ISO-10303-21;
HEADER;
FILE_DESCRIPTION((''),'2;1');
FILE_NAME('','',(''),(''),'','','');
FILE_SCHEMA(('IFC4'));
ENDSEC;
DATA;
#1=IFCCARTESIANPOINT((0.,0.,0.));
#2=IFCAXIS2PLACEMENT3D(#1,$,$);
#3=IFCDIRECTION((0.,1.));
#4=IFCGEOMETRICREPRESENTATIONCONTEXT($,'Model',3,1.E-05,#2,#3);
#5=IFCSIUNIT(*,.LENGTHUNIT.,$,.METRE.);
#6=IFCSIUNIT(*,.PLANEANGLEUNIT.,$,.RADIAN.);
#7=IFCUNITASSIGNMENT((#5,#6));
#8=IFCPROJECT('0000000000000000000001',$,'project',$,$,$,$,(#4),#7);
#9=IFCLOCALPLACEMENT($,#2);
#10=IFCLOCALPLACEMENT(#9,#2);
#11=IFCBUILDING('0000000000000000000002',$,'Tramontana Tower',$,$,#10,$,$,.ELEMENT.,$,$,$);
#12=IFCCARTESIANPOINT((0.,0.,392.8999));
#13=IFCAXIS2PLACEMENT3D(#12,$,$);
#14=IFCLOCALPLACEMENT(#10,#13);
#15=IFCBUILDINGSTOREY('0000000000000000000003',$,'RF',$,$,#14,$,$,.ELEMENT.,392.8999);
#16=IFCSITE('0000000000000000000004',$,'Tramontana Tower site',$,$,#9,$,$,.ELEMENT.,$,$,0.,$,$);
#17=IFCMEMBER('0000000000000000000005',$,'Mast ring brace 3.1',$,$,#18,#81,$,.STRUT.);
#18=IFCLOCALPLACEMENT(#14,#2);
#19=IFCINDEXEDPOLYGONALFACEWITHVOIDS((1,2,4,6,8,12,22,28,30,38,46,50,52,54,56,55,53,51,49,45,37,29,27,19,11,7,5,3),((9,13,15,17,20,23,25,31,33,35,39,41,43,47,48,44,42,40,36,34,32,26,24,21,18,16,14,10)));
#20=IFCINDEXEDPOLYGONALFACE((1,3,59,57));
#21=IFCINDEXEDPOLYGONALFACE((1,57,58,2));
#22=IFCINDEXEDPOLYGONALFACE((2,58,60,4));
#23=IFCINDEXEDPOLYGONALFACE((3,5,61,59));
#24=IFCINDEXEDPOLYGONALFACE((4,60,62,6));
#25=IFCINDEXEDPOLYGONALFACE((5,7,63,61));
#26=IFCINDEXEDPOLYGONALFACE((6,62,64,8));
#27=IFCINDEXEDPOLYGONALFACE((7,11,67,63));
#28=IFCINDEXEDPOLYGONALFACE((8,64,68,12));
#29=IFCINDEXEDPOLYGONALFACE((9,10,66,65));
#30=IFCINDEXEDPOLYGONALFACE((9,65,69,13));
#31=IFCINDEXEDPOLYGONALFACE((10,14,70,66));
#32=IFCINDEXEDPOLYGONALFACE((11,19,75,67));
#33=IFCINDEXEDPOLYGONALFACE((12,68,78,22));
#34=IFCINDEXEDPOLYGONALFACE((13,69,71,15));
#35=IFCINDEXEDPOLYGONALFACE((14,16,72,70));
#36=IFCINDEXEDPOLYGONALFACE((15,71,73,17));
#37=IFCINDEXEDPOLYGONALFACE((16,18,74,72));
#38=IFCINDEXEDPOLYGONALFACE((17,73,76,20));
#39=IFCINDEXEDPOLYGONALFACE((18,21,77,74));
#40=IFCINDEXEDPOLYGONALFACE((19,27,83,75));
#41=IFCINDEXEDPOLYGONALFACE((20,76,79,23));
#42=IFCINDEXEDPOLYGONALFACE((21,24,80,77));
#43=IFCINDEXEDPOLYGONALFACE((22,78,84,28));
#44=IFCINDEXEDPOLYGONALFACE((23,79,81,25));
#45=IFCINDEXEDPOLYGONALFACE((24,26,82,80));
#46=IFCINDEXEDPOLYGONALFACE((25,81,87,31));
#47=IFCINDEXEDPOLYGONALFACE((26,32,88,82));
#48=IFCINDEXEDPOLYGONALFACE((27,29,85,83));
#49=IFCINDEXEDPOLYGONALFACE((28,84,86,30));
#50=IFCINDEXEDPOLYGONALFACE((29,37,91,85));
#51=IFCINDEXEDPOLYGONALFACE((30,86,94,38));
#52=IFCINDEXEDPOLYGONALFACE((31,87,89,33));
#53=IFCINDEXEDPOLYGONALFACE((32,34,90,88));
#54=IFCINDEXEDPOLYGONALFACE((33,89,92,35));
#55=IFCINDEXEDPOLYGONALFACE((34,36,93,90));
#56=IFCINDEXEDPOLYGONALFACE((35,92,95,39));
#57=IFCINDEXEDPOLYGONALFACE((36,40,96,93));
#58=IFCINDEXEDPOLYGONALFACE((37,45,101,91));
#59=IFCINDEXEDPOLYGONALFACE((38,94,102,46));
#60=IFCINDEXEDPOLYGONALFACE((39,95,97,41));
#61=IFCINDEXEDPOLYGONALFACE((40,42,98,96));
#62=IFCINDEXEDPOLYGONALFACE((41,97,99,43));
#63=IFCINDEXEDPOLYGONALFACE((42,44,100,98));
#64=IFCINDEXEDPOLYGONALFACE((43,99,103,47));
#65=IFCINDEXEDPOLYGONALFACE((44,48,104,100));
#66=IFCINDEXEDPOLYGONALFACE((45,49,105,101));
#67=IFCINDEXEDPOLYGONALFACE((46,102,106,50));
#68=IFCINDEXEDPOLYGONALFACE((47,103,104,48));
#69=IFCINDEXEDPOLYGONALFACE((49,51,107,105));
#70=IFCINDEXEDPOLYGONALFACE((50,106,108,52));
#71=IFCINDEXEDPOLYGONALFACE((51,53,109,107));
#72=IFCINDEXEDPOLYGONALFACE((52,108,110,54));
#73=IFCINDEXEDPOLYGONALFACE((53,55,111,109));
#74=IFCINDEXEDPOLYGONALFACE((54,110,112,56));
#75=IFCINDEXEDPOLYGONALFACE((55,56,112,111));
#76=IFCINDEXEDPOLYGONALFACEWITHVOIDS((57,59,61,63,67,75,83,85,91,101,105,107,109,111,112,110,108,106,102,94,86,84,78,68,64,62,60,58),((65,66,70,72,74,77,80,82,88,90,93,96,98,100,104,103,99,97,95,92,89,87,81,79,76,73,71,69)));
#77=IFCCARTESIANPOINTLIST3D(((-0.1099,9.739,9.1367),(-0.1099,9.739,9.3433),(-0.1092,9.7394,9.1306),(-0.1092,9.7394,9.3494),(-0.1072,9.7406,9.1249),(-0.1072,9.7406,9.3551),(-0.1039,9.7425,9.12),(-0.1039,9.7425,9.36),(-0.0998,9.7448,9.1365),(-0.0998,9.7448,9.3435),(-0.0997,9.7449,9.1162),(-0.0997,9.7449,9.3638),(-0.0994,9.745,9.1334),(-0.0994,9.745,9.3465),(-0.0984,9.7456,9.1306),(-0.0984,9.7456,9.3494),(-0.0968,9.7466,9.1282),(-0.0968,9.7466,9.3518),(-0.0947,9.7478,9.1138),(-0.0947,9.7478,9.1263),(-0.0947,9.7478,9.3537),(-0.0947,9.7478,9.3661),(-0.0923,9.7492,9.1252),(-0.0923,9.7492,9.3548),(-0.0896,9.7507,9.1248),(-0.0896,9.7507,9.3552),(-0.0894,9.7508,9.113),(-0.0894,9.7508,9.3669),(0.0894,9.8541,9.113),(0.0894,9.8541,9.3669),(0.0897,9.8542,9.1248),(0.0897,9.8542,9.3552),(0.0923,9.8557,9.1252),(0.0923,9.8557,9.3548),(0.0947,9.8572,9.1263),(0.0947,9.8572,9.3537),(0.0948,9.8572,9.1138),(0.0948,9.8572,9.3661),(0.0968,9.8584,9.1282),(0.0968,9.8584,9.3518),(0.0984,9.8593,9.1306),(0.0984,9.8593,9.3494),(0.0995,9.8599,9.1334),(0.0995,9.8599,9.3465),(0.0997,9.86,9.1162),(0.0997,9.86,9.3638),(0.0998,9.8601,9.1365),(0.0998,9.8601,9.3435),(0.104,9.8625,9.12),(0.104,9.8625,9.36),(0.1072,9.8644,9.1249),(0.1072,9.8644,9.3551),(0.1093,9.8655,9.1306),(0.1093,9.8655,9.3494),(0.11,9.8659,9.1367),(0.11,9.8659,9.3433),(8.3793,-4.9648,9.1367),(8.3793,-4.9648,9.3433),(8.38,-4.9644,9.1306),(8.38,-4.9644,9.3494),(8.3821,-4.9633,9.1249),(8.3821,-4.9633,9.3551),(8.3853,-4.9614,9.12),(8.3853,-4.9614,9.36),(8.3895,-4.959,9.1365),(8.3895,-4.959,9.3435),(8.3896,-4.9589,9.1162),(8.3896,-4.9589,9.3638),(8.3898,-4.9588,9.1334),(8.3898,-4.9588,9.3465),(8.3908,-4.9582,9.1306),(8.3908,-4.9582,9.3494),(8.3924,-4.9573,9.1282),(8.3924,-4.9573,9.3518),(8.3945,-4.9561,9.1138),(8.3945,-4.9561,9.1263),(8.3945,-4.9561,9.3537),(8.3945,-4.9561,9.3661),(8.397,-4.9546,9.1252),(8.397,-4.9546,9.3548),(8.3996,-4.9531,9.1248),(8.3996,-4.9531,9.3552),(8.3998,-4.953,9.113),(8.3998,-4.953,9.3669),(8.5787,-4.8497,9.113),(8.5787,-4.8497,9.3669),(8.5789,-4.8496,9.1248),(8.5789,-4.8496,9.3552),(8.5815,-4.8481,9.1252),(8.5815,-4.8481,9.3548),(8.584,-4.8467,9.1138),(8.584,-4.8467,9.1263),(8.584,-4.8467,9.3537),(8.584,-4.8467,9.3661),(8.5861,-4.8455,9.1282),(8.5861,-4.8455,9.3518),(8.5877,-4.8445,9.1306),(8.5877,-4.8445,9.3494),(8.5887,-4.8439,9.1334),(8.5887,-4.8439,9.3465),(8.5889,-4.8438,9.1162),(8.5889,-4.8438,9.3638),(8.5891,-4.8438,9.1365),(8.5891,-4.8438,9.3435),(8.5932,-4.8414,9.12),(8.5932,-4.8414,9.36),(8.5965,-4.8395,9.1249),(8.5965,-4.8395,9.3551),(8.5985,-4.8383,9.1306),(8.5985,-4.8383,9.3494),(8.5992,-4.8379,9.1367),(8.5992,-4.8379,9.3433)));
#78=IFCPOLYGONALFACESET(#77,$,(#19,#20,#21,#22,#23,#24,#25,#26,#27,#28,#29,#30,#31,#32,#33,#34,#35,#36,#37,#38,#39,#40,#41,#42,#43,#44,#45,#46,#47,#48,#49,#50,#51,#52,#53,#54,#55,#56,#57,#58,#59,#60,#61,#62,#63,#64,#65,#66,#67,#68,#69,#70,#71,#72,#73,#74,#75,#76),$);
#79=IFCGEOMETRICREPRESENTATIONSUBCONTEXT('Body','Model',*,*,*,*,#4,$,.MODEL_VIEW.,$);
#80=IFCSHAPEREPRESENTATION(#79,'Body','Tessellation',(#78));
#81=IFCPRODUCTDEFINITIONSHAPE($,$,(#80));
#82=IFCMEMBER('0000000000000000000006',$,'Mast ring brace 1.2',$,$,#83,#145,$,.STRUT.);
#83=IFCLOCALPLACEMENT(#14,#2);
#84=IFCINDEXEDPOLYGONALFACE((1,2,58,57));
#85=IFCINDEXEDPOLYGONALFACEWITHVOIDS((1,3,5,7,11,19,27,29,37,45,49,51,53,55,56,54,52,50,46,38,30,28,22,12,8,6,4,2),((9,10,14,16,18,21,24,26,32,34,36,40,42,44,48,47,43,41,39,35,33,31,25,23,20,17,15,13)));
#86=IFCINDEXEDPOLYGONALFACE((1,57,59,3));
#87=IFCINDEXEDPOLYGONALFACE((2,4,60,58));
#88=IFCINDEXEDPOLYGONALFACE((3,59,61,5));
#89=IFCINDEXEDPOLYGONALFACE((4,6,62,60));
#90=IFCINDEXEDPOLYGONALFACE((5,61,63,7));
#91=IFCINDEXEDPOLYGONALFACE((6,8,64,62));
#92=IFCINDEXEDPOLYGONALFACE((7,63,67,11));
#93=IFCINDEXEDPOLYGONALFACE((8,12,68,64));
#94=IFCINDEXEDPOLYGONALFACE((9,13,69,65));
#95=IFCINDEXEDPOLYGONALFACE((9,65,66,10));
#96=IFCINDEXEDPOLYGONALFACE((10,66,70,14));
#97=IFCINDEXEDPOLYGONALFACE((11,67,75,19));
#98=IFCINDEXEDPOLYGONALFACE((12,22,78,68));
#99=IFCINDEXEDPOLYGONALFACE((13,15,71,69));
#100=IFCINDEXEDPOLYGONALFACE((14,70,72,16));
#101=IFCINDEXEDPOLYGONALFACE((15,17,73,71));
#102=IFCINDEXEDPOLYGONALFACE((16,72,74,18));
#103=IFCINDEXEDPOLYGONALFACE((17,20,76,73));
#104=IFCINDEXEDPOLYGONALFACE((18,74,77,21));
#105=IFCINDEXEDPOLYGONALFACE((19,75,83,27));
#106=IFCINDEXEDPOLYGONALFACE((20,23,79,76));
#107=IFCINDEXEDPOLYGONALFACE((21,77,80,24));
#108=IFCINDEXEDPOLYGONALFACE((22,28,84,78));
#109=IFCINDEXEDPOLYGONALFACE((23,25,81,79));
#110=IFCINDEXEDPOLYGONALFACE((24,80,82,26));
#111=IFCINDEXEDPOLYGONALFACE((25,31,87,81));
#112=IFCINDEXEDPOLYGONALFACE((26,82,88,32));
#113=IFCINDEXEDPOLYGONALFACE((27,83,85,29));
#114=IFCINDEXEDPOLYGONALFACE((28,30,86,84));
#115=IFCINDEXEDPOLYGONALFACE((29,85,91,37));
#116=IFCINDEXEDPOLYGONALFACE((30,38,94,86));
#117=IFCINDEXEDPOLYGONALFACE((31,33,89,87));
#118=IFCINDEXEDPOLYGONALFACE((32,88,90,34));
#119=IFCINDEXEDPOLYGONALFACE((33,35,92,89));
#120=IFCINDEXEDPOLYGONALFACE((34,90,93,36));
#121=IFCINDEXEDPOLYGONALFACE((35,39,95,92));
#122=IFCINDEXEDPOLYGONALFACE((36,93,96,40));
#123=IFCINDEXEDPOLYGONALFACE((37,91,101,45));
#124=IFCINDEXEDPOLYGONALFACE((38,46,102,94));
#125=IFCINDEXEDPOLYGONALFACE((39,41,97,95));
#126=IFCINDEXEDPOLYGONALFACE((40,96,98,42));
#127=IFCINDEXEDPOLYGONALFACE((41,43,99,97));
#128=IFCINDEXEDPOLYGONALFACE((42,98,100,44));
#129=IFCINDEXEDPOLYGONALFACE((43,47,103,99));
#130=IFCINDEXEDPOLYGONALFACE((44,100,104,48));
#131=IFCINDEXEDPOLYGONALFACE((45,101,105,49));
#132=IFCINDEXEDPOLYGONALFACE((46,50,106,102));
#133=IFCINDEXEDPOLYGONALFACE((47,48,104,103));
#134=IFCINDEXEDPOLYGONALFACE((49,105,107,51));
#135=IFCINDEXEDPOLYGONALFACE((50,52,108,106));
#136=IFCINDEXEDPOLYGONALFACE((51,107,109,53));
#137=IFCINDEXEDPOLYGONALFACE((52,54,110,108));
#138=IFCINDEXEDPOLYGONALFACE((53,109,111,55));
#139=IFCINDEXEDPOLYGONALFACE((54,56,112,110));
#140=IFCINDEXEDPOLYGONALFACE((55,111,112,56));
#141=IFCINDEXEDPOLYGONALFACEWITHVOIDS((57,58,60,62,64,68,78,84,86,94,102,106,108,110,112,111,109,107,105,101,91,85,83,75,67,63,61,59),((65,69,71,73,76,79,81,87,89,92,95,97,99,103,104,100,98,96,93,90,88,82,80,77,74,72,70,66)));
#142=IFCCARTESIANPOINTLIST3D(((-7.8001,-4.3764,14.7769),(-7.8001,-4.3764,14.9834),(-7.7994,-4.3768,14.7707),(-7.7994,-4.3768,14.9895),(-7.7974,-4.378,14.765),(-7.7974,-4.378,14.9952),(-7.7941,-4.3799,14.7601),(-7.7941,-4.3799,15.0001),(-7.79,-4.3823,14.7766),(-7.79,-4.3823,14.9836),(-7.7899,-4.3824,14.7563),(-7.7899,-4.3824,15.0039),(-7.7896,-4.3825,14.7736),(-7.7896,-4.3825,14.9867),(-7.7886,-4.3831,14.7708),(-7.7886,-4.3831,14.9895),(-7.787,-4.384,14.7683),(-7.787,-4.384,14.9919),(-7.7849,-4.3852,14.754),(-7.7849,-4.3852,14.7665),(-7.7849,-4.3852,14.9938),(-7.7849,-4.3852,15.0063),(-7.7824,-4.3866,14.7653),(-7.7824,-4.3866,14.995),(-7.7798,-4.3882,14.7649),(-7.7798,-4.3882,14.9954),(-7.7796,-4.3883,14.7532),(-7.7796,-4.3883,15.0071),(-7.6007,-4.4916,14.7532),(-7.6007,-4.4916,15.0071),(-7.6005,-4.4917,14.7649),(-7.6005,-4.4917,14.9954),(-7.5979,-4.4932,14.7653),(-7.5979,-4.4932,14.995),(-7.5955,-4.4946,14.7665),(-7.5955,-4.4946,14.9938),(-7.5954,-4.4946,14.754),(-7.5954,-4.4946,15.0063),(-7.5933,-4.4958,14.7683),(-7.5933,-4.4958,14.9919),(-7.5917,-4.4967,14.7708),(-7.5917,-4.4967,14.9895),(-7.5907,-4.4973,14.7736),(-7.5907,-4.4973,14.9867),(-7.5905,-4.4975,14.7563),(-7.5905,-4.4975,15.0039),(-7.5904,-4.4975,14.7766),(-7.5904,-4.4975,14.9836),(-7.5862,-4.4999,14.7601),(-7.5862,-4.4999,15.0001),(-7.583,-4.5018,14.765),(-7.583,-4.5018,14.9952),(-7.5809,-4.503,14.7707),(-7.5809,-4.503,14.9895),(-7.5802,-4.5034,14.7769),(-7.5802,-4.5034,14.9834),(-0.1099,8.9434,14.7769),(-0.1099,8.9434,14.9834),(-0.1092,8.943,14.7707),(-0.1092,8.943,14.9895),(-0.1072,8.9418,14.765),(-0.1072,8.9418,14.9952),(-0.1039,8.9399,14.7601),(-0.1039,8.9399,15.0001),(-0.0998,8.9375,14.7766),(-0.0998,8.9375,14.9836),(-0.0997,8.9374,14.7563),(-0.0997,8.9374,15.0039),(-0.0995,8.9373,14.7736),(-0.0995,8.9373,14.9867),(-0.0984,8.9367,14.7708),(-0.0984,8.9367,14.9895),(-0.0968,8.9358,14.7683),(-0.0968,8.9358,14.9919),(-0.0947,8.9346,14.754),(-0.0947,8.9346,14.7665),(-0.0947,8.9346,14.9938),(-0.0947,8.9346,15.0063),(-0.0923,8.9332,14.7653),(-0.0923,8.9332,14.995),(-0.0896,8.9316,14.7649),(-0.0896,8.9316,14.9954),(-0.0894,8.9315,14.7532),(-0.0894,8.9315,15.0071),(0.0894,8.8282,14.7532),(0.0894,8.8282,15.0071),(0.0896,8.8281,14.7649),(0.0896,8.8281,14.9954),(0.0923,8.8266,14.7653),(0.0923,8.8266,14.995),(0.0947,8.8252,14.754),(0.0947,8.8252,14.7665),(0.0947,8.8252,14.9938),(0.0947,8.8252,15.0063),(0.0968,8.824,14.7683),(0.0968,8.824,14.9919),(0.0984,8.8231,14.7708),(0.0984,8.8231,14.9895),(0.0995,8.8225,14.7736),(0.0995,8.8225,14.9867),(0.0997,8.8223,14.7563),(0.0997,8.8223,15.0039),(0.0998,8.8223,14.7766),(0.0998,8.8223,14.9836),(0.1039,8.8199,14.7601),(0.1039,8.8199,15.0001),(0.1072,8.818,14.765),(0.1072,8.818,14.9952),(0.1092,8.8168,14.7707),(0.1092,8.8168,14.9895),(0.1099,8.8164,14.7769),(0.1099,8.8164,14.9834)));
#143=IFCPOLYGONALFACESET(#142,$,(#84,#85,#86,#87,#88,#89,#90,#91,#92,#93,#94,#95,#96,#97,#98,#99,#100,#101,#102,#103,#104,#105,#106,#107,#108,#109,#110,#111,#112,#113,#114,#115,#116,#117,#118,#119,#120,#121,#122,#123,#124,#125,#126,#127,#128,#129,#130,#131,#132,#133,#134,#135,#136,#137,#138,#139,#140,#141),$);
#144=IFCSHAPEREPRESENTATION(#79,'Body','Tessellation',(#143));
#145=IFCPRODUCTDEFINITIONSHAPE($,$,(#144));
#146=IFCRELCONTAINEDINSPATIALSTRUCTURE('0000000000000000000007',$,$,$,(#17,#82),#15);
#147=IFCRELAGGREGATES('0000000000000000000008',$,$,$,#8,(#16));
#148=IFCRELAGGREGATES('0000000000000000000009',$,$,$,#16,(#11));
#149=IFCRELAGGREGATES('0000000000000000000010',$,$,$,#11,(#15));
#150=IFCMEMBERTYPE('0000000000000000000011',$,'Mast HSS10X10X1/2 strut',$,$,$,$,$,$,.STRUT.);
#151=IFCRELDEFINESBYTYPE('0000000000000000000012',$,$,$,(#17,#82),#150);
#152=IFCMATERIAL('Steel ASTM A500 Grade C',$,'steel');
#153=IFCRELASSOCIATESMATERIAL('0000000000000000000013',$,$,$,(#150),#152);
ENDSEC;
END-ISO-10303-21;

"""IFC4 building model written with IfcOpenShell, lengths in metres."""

from ifc_helpers import new_model, si_unit, direction, frame, origin, origin_2d, place, context, subcontext, project, spatial, hollow_rectangle, extrude, material, material_profile, profile_set, type_object, element, save


model = new_model("IFC4")

# Units and contexts
model_context = context("Model", 3, precision=1e-05, world=origin(), true_north=direction((0.0, 1.0)))
body_context = subcontext(model_context, "Body", "Model", "MODEL_VIEW")
ifc_project = project(units=[si_unit("LENGTHUNIT", "METRE"), si_unit("PLANEANGLEUNIT", "RADIAN")], contexts=[model_context])

# Site, building, storey
site_placement = place(None, origin())
site = spatial("IfcSite", under=ifc_project, at=site_placement, Name="Tramontana Tower site", CompositionType="ELEMENT", RefElevation=0.0)
building_placement = place(site_placement, origin())
building = spatial("IfcBuilding", under=site, at=building_placement, Name="Tramontana Tower", CompositionType="ELEMENT")
storey_placement = place(building_placement, frame((0.0, 0.0, 392.8999)))
storey = spatial("IfcBuildingStorey", under=building, at=storey_placement, Name="RF", CompositionType="ELEMENT", Elevation=392.8999)

# Members
ifc_material_1 = material(Name="Steel ASTM A500 Grade C", Category="steel")
ifc_material_profile_1 = material_profile(ifc_material_1, hollow_rectangle(XDim=0.2539, YDim=0.2539, WallThickness=0.0117, InnerFilletRadius=0.0117, OuterFilletRadius=0.0237, at=origin_2d()), Name="HSS10X10X1/2")
ifc_profile_set_1 = profile_set([ifc_material_profile_1], Name="Steel ASTM A500 Grade C")
member_type_1 = type_object("IfcMemberType", Name="Mast HSS10X10X1/2 strut", PredefinedType="STRUT", material=ifc_profile_set_1)
for number, where, z_axis, x_axis, name in (
    (1, (8.4893, -4.9014, 9.24), (-0.499999, 0.866026, 0.0), (-0.866026, -0.499999, 0.0), "Mast ring brace 3.1"),
):
    element("IfcMember", number, at=place(storey_placement, frame(where, z_axis=z_axis, x_axis=x_axis)), inside=storey, type_object=member_type_1, Name=name, PredefinedType="STRUT", context=body_context, shape_type="SweptSolid", body=[
        extrude(hollow_rectangle(XDim=0.2539, YDim=0.2539, WallThickness=0.0117, InnerFilletRadius=0.0117, OuterFilletRadius=0.0237, at=origin_2d()), origin(), (0.0, 0.0, 1.0), 16.9785),
    ])
for number, where, z_axis, x_axis, name in (
    (2, (0.0, 8.8799, 14.8801), (-0.499999, -0.866026, 0.0), (0.866026, -0.499999, 0.0), "Mast ring brace 1.2"),
):
    element("IfcMember", number, at=place(storey_placement, frame(where, z_axis=z_axis, x_axis=x_axis)), inside=storey, type_object=member_type_1, Name=name, PredefinedType="STRUT", context=body_context, shape_type="SweptSolid", body=[
        extrude(hollow_rectangle(XDim=0.2539, YDim=0.2539, WallThickness=0.0117, InnerFilletRadius=0.0117, OuterFilletRadius=0.0237, at=origin_2d()), origin(), (0.0, 0.0, 1.0), 15.3804),
    ])

save(model, "model.ifc")
